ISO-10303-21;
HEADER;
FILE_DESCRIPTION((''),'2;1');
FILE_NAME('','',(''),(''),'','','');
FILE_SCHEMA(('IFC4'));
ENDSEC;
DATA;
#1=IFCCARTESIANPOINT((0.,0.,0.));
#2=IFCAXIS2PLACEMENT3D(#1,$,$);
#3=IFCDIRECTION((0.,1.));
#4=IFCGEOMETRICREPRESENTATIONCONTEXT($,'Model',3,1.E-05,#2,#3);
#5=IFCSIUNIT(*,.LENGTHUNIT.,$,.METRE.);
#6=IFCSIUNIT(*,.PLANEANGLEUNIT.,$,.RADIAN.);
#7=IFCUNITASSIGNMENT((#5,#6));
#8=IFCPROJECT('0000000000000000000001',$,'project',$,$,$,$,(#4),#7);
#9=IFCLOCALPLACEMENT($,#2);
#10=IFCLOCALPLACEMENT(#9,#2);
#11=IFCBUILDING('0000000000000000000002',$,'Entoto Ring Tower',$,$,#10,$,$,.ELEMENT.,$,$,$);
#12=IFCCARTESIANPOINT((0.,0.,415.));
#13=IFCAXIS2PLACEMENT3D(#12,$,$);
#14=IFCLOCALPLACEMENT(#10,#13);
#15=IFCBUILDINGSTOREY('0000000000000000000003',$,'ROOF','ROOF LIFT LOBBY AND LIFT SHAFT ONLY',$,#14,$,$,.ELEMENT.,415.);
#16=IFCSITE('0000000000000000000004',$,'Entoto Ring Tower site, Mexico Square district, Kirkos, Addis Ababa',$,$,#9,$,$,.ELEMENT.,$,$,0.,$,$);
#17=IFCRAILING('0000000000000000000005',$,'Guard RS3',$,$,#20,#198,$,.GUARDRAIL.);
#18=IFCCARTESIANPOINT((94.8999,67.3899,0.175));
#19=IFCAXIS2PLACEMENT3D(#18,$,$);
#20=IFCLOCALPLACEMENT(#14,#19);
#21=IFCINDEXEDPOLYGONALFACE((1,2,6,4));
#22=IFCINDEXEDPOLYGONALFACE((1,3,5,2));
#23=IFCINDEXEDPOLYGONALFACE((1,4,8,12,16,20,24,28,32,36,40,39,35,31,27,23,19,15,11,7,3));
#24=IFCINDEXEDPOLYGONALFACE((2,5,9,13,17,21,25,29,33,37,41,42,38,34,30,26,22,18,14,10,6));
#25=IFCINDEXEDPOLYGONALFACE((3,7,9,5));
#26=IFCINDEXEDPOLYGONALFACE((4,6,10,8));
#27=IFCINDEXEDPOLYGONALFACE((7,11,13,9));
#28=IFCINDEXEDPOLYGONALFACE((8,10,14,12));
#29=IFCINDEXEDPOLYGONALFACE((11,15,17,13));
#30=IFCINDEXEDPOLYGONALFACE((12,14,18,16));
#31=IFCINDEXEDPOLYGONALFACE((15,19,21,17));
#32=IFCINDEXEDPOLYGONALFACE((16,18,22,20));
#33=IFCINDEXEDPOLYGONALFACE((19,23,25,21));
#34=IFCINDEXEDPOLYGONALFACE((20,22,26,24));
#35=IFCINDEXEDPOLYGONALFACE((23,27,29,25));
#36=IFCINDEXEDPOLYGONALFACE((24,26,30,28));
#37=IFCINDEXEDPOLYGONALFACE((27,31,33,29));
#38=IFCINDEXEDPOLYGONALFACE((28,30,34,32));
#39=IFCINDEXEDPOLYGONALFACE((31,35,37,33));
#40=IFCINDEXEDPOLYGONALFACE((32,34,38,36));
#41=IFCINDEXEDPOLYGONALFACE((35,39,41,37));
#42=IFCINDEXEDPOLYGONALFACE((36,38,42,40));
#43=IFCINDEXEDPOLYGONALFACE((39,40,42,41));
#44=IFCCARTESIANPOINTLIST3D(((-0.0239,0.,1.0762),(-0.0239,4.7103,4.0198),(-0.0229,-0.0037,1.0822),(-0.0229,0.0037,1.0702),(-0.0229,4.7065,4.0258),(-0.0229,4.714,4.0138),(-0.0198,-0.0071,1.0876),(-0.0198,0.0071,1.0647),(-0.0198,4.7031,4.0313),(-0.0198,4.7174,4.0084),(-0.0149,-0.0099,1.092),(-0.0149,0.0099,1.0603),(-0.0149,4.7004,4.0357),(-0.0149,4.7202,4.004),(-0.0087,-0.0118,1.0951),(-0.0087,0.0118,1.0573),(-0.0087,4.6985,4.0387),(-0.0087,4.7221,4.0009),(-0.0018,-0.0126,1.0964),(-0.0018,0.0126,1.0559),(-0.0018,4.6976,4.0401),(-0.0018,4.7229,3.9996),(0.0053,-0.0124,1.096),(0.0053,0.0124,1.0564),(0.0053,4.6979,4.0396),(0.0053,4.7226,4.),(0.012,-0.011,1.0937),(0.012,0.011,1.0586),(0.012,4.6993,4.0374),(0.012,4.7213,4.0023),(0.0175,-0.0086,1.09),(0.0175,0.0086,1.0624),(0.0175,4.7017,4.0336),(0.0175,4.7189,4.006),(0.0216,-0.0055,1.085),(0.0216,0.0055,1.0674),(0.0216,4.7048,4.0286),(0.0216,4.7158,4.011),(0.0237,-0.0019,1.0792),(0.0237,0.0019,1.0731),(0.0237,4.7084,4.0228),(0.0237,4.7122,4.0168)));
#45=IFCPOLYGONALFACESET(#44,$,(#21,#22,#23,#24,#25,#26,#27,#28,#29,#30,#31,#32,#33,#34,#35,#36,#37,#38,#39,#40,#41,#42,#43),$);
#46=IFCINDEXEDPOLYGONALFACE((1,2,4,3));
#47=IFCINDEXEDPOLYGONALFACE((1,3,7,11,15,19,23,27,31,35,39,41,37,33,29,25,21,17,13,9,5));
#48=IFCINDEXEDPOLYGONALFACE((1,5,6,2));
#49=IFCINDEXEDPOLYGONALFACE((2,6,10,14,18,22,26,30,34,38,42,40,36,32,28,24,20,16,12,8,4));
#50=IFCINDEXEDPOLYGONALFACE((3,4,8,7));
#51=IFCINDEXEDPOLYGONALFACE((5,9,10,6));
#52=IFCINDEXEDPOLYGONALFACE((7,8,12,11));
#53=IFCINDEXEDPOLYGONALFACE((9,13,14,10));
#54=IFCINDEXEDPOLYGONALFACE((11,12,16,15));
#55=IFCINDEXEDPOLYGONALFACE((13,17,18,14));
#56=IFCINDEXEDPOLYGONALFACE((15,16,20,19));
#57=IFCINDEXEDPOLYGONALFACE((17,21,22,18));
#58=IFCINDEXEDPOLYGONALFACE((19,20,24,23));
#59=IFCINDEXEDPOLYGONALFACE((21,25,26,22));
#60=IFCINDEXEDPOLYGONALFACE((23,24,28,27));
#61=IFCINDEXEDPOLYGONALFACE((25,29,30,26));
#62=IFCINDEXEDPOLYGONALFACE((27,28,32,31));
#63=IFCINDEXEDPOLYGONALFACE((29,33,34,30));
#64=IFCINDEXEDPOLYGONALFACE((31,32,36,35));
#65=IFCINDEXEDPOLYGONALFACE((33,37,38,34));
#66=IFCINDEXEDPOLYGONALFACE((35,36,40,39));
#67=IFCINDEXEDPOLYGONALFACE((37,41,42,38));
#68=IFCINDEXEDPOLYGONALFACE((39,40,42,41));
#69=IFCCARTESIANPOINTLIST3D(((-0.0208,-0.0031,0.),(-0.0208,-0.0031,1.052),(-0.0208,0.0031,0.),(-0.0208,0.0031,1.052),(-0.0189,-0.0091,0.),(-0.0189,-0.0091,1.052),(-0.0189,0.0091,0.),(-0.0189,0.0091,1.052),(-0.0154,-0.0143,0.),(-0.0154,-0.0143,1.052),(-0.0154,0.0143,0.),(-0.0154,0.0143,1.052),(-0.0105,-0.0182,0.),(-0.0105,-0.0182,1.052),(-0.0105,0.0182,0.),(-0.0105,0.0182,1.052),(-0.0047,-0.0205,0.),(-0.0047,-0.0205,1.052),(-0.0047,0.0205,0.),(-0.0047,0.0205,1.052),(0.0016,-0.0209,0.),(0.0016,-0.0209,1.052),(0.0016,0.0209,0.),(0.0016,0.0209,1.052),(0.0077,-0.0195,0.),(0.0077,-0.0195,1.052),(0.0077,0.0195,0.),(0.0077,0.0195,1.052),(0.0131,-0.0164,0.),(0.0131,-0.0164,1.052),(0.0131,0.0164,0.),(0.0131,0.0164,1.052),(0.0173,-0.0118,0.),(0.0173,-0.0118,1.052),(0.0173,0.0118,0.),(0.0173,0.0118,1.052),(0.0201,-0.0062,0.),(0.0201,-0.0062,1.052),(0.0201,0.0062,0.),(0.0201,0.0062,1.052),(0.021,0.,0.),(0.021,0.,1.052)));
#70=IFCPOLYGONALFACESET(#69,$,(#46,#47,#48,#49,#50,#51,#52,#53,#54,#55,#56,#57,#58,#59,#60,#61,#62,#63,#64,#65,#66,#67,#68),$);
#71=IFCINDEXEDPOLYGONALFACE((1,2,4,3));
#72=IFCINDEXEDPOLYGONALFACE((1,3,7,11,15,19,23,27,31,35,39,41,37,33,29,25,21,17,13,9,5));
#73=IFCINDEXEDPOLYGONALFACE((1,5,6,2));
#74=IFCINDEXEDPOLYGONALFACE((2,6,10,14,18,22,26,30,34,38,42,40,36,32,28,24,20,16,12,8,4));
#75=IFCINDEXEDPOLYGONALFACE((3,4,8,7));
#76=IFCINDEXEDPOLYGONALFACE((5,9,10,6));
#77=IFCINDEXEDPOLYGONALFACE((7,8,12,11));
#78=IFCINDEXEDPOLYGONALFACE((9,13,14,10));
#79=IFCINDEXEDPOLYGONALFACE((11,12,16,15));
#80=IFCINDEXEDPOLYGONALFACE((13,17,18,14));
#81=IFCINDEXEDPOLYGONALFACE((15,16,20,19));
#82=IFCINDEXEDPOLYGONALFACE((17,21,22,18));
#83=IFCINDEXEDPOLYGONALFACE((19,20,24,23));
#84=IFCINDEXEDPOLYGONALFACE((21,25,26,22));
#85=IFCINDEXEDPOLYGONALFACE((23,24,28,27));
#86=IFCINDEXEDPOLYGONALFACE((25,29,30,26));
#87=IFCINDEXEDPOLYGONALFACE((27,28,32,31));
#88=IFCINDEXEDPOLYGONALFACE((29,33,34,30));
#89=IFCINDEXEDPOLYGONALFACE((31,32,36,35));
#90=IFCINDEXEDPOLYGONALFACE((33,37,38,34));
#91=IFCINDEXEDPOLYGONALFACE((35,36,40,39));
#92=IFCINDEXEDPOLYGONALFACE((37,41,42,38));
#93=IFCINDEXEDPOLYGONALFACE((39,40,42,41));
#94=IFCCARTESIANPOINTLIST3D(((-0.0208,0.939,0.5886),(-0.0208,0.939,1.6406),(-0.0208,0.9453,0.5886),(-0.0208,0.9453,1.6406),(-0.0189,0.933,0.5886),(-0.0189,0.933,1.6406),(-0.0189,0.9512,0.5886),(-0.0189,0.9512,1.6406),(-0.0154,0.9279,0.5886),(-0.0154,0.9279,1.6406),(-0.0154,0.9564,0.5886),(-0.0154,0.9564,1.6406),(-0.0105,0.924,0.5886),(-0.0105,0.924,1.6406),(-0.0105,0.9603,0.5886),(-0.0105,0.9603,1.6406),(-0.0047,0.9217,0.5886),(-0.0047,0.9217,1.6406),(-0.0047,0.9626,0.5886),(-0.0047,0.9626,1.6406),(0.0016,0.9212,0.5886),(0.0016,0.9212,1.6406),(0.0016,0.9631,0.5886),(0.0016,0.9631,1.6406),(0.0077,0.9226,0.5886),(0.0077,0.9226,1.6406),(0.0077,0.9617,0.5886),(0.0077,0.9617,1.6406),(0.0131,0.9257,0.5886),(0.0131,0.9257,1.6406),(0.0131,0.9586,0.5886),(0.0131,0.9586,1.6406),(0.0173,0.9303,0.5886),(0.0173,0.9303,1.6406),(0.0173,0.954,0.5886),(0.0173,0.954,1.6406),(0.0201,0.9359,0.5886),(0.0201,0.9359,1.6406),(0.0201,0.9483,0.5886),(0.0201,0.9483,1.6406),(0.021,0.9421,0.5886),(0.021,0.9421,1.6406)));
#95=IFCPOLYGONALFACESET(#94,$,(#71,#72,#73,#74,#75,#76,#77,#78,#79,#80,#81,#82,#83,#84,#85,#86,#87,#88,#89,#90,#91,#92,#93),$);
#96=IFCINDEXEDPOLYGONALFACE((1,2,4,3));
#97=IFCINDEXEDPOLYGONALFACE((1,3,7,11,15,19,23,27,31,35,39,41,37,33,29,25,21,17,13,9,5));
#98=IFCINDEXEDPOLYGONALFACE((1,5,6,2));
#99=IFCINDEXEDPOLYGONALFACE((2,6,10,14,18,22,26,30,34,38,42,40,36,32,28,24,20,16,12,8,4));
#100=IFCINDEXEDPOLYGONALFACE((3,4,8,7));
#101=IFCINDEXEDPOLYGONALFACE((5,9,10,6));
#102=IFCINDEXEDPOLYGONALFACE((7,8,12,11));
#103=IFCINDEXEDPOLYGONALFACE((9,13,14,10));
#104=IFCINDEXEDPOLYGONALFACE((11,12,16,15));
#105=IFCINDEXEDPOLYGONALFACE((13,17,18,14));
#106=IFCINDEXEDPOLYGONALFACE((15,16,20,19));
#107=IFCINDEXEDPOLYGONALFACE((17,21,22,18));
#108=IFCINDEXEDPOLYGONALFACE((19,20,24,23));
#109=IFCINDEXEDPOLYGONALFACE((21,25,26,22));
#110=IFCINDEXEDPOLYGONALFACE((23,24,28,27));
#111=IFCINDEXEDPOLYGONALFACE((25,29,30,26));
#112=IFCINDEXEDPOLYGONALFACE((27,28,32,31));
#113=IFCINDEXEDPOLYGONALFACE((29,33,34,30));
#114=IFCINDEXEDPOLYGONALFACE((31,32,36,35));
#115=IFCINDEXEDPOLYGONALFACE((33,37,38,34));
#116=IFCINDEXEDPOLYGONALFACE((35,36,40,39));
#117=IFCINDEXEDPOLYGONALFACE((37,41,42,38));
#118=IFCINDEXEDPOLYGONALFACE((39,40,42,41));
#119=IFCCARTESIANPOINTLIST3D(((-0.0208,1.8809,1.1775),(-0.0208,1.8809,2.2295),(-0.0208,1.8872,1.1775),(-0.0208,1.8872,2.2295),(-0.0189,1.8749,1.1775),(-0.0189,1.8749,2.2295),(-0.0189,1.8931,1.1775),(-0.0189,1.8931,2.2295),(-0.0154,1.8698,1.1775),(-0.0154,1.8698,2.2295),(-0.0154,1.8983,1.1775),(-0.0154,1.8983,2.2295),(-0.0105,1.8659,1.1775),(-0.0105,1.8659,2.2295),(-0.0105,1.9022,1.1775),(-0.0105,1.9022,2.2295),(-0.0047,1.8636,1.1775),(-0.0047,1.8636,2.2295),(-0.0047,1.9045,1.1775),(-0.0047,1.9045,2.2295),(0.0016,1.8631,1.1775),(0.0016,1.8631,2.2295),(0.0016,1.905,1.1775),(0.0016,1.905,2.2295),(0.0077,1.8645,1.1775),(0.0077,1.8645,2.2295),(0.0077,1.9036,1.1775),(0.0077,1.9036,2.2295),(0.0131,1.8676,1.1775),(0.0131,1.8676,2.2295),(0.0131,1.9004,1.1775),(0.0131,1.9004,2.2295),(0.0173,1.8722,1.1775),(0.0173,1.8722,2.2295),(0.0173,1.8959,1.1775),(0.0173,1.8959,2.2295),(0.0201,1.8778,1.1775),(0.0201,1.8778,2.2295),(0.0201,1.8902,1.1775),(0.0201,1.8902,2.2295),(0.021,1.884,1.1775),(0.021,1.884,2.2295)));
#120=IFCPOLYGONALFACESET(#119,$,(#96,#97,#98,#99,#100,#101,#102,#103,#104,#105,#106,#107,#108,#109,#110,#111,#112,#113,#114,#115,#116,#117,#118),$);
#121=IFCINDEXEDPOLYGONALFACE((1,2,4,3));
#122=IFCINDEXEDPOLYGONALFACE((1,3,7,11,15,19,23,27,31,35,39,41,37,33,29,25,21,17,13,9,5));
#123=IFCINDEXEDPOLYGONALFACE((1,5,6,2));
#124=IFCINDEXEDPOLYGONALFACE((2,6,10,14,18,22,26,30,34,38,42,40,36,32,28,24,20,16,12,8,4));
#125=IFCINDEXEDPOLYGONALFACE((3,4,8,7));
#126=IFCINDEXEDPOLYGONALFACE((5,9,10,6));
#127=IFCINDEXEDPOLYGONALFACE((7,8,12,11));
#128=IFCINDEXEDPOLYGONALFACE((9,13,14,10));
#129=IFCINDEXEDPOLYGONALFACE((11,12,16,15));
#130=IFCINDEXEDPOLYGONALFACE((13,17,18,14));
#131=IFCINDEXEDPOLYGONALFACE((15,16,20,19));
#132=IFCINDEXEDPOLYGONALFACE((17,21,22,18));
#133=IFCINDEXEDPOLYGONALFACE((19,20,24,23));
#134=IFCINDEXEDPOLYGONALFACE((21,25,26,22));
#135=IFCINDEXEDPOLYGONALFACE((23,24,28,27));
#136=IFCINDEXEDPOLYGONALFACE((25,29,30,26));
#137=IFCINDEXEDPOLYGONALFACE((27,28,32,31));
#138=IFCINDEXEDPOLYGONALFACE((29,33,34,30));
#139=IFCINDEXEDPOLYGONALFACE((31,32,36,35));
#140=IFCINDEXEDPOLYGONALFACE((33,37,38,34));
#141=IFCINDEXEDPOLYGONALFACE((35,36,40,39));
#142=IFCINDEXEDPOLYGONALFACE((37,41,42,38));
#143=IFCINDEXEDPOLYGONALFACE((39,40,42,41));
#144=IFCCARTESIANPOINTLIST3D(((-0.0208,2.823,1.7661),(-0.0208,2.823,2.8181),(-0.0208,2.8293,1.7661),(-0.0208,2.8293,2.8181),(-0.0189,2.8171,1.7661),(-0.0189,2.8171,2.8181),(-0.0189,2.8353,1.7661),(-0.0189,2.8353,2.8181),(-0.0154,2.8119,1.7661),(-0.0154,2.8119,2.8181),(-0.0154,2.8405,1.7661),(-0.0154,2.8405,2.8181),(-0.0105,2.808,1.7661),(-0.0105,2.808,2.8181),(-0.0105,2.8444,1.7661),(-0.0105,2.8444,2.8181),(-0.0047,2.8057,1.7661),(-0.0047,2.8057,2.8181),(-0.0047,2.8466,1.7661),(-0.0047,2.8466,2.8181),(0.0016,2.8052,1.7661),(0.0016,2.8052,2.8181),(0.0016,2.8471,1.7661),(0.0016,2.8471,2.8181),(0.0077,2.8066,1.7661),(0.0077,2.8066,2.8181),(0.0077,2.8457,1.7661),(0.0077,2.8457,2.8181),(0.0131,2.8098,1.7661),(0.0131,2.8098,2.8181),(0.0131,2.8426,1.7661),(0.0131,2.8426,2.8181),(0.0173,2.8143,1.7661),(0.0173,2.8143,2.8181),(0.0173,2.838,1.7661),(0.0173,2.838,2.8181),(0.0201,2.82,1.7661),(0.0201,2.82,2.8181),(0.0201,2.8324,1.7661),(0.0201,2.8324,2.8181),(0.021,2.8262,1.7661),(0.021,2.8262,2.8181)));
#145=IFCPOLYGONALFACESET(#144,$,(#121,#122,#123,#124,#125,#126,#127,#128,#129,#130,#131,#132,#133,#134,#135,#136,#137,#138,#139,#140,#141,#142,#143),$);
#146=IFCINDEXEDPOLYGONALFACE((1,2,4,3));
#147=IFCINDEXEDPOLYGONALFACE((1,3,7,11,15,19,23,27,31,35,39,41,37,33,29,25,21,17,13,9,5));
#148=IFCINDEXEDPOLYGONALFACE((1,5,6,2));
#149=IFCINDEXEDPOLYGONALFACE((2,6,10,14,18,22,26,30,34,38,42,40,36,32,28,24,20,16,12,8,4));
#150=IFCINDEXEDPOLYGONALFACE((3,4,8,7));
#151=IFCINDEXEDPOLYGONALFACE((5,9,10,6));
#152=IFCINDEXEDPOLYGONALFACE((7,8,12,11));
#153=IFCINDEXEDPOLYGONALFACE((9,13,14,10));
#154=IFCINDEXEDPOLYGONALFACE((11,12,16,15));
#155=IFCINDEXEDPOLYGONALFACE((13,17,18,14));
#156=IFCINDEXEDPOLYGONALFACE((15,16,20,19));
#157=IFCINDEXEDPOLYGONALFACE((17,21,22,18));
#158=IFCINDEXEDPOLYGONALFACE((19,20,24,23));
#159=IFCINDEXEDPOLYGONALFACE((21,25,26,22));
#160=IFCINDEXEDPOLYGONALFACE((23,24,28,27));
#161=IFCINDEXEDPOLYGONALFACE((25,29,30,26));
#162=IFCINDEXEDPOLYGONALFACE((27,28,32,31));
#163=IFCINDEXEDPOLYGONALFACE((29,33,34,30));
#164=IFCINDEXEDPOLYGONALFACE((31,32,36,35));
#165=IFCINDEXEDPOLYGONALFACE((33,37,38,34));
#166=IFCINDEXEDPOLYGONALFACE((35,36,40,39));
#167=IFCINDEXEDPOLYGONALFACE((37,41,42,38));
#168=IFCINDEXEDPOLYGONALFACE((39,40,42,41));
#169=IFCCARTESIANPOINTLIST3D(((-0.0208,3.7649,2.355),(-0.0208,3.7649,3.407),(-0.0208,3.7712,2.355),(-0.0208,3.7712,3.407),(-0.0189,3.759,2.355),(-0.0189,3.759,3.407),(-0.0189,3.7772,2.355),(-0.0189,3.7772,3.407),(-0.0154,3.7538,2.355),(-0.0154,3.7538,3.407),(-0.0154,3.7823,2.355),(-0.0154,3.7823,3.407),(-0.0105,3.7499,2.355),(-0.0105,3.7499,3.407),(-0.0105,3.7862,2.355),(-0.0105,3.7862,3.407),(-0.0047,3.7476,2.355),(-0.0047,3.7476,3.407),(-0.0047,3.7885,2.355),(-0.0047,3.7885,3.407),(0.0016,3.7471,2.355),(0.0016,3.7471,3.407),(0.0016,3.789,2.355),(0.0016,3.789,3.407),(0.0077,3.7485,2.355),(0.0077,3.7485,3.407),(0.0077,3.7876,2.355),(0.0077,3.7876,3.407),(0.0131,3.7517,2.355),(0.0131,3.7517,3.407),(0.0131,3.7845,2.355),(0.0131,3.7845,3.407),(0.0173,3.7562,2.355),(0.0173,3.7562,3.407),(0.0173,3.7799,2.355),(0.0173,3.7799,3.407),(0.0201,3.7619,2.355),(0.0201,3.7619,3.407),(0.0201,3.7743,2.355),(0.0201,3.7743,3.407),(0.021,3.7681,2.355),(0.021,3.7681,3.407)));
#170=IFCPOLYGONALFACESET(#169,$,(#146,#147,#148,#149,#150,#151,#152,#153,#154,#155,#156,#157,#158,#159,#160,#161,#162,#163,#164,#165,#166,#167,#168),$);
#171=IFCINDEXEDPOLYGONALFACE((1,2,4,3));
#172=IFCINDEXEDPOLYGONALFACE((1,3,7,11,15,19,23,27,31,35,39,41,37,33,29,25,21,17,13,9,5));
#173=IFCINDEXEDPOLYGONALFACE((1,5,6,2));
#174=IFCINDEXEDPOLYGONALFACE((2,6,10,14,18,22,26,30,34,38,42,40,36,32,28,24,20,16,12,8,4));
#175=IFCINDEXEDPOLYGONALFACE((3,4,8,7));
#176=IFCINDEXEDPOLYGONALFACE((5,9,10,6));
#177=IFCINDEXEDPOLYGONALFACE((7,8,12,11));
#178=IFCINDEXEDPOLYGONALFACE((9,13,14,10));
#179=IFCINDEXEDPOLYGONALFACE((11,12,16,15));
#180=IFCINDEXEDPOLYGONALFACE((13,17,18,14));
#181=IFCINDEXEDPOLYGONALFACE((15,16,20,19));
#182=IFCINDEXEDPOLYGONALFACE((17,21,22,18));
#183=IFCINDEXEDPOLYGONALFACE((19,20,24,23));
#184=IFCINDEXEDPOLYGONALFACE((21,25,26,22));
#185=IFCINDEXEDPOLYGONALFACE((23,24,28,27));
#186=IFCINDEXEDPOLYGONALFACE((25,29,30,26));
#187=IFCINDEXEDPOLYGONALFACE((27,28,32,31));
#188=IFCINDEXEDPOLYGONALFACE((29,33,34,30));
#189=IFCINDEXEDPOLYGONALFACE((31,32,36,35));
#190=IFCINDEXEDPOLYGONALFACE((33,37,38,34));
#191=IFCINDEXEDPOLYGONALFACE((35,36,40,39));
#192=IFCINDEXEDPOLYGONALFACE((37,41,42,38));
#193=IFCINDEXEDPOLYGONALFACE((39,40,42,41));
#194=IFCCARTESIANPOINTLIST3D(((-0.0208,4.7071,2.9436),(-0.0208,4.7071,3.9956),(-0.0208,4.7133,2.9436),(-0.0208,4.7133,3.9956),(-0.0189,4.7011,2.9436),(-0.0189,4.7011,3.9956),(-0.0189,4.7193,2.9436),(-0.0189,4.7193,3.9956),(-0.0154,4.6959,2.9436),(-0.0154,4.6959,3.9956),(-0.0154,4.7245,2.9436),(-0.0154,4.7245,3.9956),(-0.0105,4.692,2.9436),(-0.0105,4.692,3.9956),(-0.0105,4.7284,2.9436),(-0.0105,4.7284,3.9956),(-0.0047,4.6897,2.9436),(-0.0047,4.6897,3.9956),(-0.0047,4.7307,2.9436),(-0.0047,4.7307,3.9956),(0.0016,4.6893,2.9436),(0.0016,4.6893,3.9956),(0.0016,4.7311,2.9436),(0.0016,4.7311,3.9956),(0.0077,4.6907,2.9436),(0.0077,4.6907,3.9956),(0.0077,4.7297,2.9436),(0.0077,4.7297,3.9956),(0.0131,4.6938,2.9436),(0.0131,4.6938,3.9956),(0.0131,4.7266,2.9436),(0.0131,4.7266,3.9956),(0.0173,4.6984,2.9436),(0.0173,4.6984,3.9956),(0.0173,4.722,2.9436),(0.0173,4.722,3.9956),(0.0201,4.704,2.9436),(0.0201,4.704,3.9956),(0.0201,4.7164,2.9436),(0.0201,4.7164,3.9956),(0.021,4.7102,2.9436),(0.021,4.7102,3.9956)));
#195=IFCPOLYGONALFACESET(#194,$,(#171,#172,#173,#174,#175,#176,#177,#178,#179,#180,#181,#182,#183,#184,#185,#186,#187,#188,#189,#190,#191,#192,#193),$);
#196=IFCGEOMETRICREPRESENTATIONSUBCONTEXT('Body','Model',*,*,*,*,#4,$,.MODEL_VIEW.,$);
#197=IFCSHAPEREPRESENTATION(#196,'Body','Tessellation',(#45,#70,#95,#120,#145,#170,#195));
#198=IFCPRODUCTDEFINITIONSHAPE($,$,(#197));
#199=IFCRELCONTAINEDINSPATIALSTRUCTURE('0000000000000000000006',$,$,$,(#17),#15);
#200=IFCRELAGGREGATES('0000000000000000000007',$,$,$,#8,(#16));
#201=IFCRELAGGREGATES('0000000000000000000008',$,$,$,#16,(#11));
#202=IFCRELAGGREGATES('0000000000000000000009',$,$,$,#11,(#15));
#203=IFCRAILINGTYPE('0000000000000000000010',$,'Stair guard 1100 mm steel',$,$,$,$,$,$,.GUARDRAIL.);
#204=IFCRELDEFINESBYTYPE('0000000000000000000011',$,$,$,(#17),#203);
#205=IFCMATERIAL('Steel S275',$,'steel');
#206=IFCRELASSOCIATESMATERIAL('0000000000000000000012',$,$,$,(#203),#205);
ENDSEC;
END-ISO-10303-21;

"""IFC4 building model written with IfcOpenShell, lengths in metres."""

from ifc_helpers import new_model, si_unit, direction, frame, origin, origin_2d, place, context, subcontext, project, spatial, circle, extrude, material, type_object, element, save


model = new_model("IFC4")

# Units and contexts
model_context = context("Model", 3, precision=1e-05, world=origin(), true_north=direction((0.0, 1.0)))
body_context = subcontext(model_context, "Body", "Model", "MODEL_VIEW")
ifc_project = project(units=[si_unit("LENGTHUNIT", "METRE"), si_unit("PLANEANGLEUNIT", "RADIAN")], contexts=[model_context])

# Site, building, storey
site_placement = place(None, origin())
site = spatial("IfcSite", under=ifc_project, at=site_placement, Name="Entoto Ring Tower site, Mexico Square district, Kirkos, Addis Ababa", CompositionType="ELEMENT", RefElevation=0.0)
building_placement = place(site_placement, origin())
building = spatial("IfcBuilding", under=site, at=building_placement, Name="Entoto Ring Tower", CompositionType="ELEMENT")
storey_placement = place(building_placement, frame((0.0, 0.0, 415.0)))
storey = spatial("IfcBuildingStorey", under=building, at=storey_placement, Name="ROOF", Description="ROOF LIFT LOBBY AND LIFT SHAFT ONLY", CompositionType="ELEMENT", Elevation=415.0)

# Railing
ifc_material_1 = material(Name="Steel S275", Category="steel")
railing_type_1 = type_object("IfcRailingType", Name="Stair guard 1100 mm steel", PredefinedType="GUARDRAIL", material=ifc_material_1)
for number, where, name in (
    (1, (94.8999, 67.3899, 0.175), "Guard RS3"),
):
    element("IfcRailing", number, at=place(storey_placement, frame(where)), inside=storey, type_object=railing_type_1, Name=name, PredefinedType="GUARDRAIL", context=body_context, shape_type="SweptSolid", body=[
        extrude(circle(Radius=0.0239, at=origin_2d()), frame((0.0, 0.0, 1.0762), z_axis=(0.0, 0.848021, 0.529963), x_axis=(-1.0, 0.0, 0.0)), (0.0, 0.0, 1.0), 5.5544),
        extrude(circle(Radius=0.021, at=origin_2d()), origin(), (0.0, 0.0, 1.0), 1.052),
        extrude(circle(Radius=0.021, at=origin_2d()), frame((0.0, 0.9421, 0.5886)), (0.0, 0.0, 1.0), 1.052),
        extrude(circle(Radius=0.021, at=origin_2d()), frame((0.0, 1.884, 1.1775)), (0.0, 0.0, 1.0), 1.052),
        extrude(circle(Radius=0.021, at=origin_2d()), frame((0.0, 2.8262, 1.7661)), (0.0, 0.0, 1.0), 1.052),
        extrude(circle(Radius=0.021, at=origin_2d()), frame((0.0, 3.7681, 2.355)), (0.0, 0.0, 1.0), 1.052),
        extrude(circle(Radius=0.021, at=origin_2d()), frame((0.0, 4.7102, 2.9436)), (0.0, 0.0, 1.0), 1.052),
    ])

save(model, "model.ifc")
